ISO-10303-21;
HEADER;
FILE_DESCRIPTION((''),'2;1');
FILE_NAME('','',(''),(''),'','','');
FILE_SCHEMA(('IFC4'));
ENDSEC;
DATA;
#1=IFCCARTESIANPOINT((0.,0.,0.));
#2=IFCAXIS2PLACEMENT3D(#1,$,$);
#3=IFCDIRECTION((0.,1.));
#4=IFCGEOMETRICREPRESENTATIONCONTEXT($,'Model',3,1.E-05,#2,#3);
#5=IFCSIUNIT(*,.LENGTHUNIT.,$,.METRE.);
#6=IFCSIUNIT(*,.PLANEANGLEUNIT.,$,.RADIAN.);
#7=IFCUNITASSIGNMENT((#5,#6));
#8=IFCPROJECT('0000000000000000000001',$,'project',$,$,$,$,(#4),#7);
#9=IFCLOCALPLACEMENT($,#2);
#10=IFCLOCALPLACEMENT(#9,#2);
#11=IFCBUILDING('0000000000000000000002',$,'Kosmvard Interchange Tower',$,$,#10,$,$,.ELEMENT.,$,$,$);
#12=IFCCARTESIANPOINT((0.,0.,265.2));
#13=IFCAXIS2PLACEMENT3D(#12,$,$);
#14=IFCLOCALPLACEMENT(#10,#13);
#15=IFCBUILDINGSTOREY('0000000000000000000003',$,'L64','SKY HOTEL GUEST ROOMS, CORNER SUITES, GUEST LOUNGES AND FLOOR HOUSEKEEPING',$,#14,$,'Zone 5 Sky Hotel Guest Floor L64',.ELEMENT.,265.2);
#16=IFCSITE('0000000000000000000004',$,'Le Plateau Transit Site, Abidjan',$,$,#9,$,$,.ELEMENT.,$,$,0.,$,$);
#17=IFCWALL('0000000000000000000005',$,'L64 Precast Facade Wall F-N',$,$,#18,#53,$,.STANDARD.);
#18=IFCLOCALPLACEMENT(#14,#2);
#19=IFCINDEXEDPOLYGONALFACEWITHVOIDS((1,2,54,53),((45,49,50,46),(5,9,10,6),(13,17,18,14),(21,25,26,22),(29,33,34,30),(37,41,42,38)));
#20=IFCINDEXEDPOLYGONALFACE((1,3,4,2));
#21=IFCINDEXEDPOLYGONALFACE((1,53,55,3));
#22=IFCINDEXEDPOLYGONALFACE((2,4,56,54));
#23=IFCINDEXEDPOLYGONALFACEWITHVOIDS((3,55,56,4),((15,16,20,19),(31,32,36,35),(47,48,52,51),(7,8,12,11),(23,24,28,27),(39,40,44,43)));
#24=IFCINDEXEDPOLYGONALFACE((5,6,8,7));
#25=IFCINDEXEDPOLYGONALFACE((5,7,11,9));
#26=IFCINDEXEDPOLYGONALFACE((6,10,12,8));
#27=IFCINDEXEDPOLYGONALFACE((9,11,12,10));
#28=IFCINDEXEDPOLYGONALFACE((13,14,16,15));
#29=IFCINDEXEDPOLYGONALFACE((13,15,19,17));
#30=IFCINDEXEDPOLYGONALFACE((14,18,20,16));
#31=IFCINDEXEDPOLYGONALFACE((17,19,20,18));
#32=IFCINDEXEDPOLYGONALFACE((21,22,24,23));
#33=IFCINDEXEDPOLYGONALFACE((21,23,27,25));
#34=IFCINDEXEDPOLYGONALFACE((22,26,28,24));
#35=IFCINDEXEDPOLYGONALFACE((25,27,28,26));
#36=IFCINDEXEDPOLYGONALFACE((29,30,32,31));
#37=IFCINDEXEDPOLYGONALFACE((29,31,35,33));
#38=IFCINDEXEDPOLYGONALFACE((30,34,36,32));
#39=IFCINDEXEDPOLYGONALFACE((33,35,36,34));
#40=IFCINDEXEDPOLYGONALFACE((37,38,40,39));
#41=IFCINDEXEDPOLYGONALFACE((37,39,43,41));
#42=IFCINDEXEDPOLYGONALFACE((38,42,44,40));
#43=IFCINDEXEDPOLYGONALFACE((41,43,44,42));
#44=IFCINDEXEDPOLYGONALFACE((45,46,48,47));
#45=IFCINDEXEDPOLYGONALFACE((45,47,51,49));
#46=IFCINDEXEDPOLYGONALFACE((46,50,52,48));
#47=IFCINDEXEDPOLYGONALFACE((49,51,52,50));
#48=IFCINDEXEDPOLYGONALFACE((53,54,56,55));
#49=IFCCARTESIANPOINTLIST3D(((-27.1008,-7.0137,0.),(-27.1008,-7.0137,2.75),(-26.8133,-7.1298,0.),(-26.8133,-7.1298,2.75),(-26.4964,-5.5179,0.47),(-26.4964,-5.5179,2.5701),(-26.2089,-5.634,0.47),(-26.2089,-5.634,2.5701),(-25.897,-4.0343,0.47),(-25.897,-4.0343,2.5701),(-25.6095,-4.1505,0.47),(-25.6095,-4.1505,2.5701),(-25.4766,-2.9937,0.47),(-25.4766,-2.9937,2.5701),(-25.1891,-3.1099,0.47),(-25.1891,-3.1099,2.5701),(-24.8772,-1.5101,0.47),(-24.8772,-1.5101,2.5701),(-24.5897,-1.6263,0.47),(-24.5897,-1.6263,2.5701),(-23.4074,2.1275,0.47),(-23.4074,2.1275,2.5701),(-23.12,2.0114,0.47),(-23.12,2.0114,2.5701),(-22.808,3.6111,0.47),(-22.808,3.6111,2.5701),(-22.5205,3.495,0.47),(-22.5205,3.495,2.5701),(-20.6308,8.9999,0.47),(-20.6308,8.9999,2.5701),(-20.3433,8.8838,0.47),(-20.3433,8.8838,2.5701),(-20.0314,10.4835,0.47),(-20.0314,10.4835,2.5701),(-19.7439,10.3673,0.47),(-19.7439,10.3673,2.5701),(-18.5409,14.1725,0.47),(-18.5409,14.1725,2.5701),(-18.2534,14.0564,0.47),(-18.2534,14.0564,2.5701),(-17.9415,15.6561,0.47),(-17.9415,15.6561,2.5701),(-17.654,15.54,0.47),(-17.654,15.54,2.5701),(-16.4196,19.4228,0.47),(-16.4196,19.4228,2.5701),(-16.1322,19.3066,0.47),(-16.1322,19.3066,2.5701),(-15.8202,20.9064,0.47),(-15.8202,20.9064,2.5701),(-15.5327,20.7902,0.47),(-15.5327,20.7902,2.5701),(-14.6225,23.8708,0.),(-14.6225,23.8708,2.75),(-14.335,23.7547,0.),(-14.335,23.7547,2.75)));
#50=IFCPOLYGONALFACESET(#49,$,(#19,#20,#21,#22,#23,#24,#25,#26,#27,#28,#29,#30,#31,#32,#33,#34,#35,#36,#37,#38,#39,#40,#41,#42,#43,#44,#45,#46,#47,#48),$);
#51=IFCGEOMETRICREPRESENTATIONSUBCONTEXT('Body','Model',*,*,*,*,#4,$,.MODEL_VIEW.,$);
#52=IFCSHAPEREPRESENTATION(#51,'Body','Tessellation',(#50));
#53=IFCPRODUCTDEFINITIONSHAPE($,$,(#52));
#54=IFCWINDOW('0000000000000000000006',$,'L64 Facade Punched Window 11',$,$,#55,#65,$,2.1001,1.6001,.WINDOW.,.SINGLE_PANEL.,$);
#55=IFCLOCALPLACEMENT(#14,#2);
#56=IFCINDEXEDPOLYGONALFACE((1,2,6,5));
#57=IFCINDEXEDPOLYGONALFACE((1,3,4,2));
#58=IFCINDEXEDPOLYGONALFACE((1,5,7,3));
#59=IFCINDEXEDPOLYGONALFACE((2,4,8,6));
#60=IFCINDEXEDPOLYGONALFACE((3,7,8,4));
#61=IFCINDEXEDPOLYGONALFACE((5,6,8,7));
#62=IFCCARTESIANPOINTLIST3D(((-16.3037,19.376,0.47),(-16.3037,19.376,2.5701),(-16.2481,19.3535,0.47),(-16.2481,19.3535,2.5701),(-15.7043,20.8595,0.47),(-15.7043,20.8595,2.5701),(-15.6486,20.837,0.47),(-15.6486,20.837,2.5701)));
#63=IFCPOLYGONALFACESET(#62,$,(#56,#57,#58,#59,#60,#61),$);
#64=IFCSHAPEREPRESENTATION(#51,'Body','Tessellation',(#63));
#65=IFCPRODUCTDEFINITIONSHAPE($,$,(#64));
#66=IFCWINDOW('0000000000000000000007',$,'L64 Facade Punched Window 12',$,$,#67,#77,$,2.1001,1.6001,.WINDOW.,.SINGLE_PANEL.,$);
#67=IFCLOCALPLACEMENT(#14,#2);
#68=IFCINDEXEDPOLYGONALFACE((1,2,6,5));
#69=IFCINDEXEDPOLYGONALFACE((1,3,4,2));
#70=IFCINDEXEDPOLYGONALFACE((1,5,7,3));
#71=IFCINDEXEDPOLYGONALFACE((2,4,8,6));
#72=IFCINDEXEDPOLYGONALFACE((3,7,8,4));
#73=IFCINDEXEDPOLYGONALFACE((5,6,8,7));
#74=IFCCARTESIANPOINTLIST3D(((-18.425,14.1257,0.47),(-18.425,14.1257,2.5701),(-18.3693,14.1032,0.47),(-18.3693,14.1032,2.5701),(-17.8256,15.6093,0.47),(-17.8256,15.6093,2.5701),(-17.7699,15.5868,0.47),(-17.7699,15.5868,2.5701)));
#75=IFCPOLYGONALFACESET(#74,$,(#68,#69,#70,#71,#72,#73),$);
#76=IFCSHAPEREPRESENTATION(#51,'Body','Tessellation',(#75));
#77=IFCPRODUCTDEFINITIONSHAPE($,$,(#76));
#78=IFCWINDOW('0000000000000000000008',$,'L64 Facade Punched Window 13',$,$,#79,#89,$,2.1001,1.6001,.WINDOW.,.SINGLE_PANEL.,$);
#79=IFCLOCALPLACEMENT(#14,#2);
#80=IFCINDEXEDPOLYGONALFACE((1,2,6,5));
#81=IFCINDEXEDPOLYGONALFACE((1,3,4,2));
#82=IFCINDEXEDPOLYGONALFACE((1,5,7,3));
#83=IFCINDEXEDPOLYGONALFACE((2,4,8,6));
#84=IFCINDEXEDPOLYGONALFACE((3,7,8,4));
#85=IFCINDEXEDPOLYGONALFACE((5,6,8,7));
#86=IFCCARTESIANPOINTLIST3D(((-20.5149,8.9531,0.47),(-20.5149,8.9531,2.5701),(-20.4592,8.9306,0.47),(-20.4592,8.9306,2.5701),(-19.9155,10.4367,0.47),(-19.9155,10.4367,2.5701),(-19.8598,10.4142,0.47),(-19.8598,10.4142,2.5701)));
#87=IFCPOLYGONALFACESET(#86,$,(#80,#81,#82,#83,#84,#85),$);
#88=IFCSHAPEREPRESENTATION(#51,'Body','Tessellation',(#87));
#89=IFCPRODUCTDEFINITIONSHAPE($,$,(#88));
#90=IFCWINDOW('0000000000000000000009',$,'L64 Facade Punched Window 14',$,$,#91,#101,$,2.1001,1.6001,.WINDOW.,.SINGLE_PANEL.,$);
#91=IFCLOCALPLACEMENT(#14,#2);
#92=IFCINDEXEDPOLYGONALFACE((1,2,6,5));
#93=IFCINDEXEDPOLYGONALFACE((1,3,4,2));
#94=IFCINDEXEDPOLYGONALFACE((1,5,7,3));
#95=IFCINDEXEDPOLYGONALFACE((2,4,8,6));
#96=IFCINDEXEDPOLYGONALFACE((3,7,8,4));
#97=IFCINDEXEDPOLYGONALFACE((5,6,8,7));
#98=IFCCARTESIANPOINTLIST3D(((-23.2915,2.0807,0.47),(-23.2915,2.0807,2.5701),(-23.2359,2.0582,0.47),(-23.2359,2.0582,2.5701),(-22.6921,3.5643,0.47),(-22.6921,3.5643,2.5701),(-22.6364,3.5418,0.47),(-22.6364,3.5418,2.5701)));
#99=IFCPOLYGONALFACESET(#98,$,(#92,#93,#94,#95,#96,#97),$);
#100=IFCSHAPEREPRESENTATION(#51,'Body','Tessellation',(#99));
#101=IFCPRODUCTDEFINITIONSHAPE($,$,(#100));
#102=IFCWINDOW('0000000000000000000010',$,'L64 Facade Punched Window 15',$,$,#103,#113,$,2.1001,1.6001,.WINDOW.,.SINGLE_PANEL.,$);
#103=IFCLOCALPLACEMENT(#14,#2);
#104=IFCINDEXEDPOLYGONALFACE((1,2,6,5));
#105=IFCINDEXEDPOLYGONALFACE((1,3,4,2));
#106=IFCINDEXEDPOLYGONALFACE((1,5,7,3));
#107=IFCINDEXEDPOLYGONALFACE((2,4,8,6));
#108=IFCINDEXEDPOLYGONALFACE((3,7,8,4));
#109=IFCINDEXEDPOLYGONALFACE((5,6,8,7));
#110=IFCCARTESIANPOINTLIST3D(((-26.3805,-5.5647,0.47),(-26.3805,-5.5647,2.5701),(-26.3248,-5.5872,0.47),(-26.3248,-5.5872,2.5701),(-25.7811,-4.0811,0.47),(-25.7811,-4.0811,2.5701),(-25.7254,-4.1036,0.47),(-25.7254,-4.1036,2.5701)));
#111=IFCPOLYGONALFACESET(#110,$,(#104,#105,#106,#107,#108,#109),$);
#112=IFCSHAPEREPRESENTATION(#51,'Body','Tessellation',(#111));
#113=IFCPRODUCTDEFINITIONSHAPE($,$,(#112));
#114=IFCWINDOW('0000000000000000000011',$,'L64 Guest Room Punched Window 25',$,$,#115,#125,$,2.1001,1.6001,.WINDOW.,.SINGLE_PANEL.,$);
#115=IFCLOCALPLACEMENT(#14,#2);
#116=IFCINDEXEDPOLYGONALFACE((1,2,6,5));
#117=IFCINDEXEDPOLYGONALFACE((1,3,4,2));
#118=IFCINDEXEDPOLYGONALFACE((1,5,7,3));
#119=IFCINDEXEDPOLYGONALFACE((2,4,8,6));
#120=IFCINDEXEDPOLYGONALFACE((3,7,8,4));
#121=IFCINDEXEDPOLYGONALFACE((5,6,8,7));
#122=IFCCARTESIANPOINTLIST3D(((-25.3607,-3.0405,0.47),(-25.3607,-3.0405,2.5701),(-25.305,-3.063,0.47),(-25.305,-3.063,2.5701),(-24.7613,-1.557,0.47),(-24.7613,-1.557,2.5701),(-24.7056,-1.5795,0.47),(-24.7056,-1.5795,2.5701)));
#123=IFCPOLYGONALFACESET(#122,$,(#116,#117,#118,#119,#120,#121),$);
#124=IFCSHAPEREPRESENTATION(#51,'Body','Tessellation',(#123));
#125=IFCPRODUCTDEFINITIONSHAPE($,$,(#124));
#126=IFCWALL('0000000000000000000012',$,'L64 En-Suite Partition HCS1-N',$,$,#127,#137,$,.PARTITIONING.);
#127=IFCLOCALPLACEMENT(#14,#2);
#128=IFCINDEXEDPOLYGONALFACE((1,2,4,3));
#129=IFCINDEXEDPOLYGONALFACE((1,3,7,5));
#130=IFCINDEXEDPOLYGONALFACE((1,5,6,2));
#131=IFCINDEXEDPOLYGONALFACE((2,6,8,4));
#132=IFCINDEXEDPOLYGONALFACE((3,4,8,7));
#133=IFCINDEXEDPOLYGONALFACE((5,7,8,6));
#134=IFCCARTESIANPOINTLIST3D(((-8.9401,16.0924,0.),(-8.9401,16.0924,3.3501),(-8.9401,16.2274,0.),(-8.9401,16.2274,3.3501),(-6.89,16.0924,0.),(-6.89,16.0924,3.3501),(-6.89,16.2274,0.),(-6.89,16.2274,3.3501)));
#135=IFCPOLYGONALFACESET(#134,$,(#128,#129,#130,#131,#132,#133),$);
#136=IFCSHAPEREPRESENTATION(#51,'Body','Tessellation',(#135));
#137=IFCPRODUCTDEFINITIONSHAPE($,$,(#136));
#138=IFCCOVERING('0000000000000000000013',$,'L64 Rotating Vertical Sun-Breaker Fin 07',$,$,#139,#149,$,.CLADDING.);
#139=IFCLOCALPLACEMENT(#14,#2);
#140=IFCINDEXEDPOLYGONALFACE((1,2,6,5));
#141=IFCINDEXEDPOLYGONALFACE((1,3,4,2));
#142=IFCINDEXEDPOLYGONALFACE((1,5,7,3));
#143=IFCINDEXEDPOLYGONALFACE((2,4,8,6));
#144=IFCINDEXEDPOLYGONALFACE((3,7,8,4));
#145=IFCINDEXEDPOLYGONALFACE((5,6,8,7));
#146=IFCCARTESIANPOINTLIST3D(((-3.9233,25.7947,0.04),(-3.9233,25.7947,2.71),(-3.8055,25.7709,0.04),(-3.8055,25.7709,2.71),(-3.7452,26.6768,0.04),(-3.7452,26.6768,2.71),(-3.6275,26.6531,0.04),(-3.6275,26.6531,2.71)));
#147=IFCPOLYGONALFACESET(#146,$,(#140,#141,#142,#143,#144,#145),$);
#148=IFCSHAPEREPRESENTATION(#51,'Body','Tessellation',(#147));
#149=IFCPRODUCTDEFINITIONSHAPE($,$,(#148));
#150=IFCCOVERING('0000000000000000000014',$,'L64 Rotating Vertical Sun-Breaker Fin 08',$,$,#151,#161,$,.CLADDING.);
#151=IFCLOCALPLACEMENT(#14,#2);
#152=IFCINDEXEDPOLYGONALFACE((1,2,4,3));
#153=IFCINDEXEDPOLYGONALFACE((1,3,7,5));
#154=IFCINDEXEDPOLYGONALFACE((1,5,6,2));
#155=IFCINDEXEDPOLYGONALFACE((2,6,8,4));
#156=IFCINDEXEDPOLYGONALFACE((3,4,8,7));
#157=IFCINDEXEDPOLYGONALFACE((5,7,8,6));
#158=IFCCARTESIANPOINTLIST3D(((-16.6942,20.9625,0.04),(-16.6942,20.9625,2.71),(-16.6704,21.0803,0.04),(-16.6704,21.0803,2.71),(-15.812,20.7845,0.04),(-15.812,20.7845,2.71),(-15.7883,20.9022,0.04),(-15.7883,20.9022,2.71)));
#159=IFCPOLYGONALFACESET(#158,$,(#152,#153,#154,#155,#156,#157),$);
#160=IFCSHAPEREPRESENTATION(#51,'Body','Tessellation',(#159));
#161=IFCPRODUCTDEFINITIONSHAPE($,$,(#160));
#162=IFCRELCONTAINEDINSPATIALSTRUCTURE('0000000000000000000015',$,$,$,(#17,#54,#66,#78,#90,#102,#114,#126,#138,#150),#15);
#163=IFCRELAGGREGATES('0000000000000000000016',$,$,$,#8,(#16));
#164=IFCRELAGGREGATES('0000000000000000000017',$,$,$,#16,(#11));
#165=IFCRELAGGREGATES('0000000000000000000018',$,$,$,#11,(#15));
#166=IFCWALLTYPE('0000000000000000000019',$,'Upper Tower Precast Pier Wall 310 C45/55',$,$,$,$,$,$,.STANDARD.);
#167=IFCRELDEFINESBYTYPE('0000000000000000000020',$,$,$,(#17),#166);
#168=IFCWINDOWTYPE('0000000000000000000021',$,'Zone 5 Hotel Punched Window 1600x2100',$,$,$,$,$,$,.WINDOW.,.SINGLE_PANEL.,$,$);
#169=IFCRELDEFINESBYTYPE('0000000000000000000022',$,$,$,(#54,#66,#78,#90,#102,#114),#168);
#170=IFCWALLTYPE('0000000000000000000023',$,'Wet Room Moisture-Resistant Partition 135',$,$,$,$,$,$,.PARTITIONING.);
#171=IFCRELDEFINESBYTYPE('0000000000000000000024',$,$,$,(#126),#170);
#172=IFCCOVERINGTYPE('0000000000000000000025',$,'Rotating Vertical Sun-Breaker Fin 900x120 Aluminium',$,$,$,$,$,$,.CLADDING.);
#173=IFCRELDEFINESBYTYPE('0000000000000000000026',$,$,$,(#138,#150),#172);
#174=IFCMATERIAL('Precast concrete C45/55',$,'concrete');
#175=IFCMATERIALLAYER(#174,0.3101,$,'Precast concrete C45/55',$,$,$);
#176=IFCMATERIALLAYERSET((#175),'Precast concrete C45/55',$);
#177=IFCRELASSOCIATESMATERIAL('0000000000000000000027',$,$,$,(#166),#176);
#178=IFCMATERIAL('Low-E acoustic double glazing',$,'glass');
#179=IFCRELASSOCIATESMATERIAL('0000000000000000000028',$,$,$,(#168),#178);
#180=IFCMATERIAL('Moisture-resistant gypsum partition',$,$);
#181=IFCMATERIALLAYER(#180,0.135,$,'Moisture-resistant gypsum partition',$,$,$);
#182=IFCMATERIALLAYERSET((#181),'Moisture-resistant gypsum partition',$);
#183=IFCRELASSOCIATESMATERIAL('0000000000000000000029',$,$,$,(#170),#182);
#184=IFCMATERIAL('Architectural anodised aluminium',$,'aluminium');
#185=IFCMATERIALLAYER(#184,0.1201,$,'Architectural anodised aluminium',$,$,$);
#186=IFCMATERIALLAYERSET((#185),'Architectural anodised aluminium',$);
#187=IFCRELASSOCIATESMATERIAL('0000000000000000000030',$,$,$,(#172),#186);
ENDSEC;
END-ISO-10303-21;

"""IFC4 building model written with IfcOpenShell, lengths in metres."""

from ifc_helpers import new_model, si_unit, direction, frame, frame_2d, origin, origin_2d, place, context, subcontext, project, spatial, rectangle, extrude, source, transform, mapped, material, layer, layer_set, type_object, element, fill, save


model = new_model("IFC4")

# Units and contexts
model_context = context("Model", 3, precision=1e-05, world=origin(), true_north=direction((0.0, 1.0)))
body_context = subcontext(model_context, "Body", "Model", "MODEL_VIEW")
ifc_project = project(units=[si_unit("LENGTHUNIT", "METRE"), si_unit("PLANEANGLEUNIT", "RADIAN")], contexts=[model_context])

# Site, building, storey
site_placement = place(None, origin())
site = spatial("IfcSite", under=ifc_project, at=site_placement, Name="Le Plateau Transit Site, Abidjan", CompositionType="ELEMENT", RefElevation=0.0)
building_placement = place(site_placement, origin())
building = spatial("IfcBuilding", under=site, at=building_placement, Name="Kosmvard Interchange Tower", CompositionType="ELEMENT")
storey_placement = place(building_placement, frame((0.0, 0.0, 265.2)))
storey = spatial("IfcBuildingStorey", under=building, at=storey_placement, Name="L64", Description="SKY HOTEL GUEST ROOMS, CORNER SUITES, GUEST LOUNGES AND FLOOR HOUSEKEEPING", LongName="Zone 5 Sky Hotel Guest Floor L64", CompositionType="ELEMENT", Elevation=265.2)

# Shared definitions
ifc_material_1 = material(Name="Precast concrete C45/55", Category="concrete")

# Shared definitions
ifc_layer_1 = layer(ifc_material_1, 0.3101, Name="Precast concrete C45/55")
ifc_layer_set_1 = layer_set([ifc_layer_1], Name="Precast concrete C45/55")
wall_type_1 = type_object("IfcWallType", Name="Upper Tower Precast Pier Wall 310 C45/55", PredefinedType="STANDARD", material=ifc_layer_set_1)

# Shared definitions
ifc_material_2 = material(Name="Low-E acoustic double glazing", Category="glass")
window_type = type_object("IfcWindowType", Name="Zone 5 Hotel Punched Window 1600x2100", PartitioningType="SINGLE_PANEL", PredefinedType="WINDOW", material=ifc_material_2)
shared_shape_1 = source(origin(), body_context, "Body", "SweptSolid", [
    extrude(rectangle(XDim=1.6001, YDim=2.1001, at=frame_2d((0.8, 1.05))), frame((0.0, 0.03, 0.0), z_axis=(0.0, -1.0, 0.0), x_axis=(1.0, 0.0, 0.0)), (0.0, 0.0, 1.0), 0.0601),
])

# Wall, openings, windows
wall_1_placement = place(storey_placement, frame((-14.4788, 23.8127, 0.0), z_axis=(0.0, 0.0, 1.0), x_axis=(-0.37461, -0.927183, 0.0)))
wall_1 = element("IfcWall", 1, at=wall_1_placement, inside=storey, type_object=wall_type_1, Name="L64 Precast Facade Wall F-N", PredefinedType="STANDARD", context=body_context, shape_type="SweptSolid", body=[
    extrude(rectangle(XDim=33.3101, YDim=0.3101, at=frame_2d((16.655, 0.0))), origin(), (0.0, 0.0, 1.0), 2.75),
])
opening_1_placement = place(wall_1_placement, frame((3.1973, 0.0, 0.47)))
opening_1 = element("IfcOpeningElement", 2, at=opening_1_placement, cuts=wall_1, PredefinedType="OPENING", context=body_context, shape_type="SweptSolid", body=[
    extrude(rectangle(XDim=1.6001, YDim=2.1001, at=frame_2d((0.8, 1.05))), frame((0.0, 0.165, 0.0), z_axis=(0.0, -1.0, 0.0), x_axis=(1.0, 0.0, 0.0)), (0.0, 0.0, 1.0), 0.3301),
])
opening_2_placement = place(wall_1_placement, frame((8.8599, 0.0, 0.47)))
opening_2 = element("IfcOpeningElement", 3, at=opening_2_placement, cuts=wall_1, PredefinedType="OPENING", context=body_context, shape_type="SweptSolid", body=[
    extrude(rectangle(XDim=1.6001, YDim=2.1001, at=frame_2d((0.8, 1.05))), frame((0.0, 0.165, 0.0), z_axis=(0.0, -1.0, 0.0), x_axis=(1.0, 0.0, 0.0)), (0.0, 0.0, 1.0), 0.3301),
])
opening_3_placement = place(wall_1_placement, frame((14.4387, 0.0, 0.47)))
opening_3 = element("IfcOpeningElement", 4, at=opening_3_placement, cuts=wall_1, PredefinedType="OPENING", context=body_context, shape_type="SweptSolid", body=[
    extrude(rectangle(XDim=1.6001, YDim=2.1001, at=frame_2d((0.8, 1.05))), frame((0.0, 0.165, 0.0), z_axis=(0.0, -1.0, 0.0), x_axis=(1.0, 0.0, 0.0)), (0.0, 0.0, 1.0), 0.3301),
])
opening_4_placement = place(wall_1_placement, frame((21.8508, 0.0, 0.47)))
opening_4 = element("IfcOpeningElement", 5, at=opening_4_placement, cuts=wall_1, PredefinedType="OPENING", context=body_context, shape_type="SweptSolid", body=[
    extrude(rectangle(XDim=1.6001, YDim=2.1001, at=frame_2d((0.8, 1.05))), frame((0.0, 0.165, 0.0), z_axis=(0.0, -1.0, 0.0), x_axis=(1.0, 0.0, 0.0)), (0.0, 0.0, 1.0), 0.3301),
])
opening_5_placement = place(wall_1_placement, frame((30.0967, 0.0, 0.47)))
opening_5 = element("IfcOpeningElement", 6, at=opening_5_placement, cuts=wall_1, PredefinedType="OPENING", context=body_context, shape_type="SweptSolid", body=[
    extrude(rectangle(XDim=1.6001, YDim=2.1001, at=frame_2d((0.8, 1.05))), frame((0.0, 0.165, 0.0), z_axis=(0.0, -1.0, 0.0), x_axis=(1.0, 0.0, 0.0)), (0.0, 0.0, 1.0), 0.3301),
])
opening_6_placement = place(wall_1_placement, frame((27.3743, 0.0, 0.47)))
opening_6 = element("IfcOpeningElement", 7, at=opening_6_placement, cuts=wall_1, PredefinedType="OPENING", context=body_context, shape_type="SweptSolid", body=[
    extrude(rectangle(XDim=1.6001, YDim=2.1001, at=frame_2d((0.8, 1.05))), frame((0.0, 0.165, 0.0), z_axis=(0.0, -1.0, 0.0), x_axis=(1.0, 0.0, 0.0)), (0.0, 0.0, 1.0), 0.3301),
])
window_1_placement = place(opening_1_placement, origin())
window_1 = element("IfcWindow", 8, at=window_1_placement, inside=storey, type_object=window_type, Name="L64 Facade Punched Window 11", OverallHeight=2.1001, OverallWidth=1.6001, PartitioningType="SINGLE_PANEL", PredefinedType="WINDOW", context=body_context, shape_type="MappedRepresentation", body=[
    mapped(shared_shape_1, transform((0.0, 0.0, 0.0), scale=1.0)),
])
fill(opening_1, window_1)
window_2_placement = place(opening_2_placement, origin())
window_2 = element("IfcWindow", 9, at=window_2_placement, inside=storey, type_object=window_type, Name="L64 Facade Punched Window 12", OverallHeight=2.1001, OverallWidth=1.6001, PartitioningType="SINGLE_PANEL", PredefinedType="WINDOW", context=body_context, shape_type="MappedRepresentation", body=[
    mapped(shared_shape_1, transform((0.0, 0.0, 0.0), scale=1.0)),
])
fill(opening_2, window_2)
window_3_placement = place(opening_3_placement, origin())
window_3 = element("IfcWindow", 10, at=window_3_placement, inside=storey, type_object=window_type, Name="L64 Facade Punched Window 13", OverallHeight=2.1001, OverallWidth=1.6001, PartitioningType="SINGLE_PANEL", PredefinedType="WINDOW", context=body_context, shape_type="MappedRepresentation", body=[
    mapped(shared_shape_1, transform((0.0, 0.0, 0.0), scale=1.0)),
])
fill(opening_3, window_3)
window_4_placement = place(opening_4_placement, origin())
window_4 = element("IfcWindow", 11, at=window_4_placement, inside=storey, type_object=window_type, Name="L64 Facade Punched Window 14", OverallHeight=2.1001, OverallWidth=1.6001, PartitioningType="SINGLE_PANEL", PredefinedType="WINDOW", context=body_context, shape_type="MappedRepresentation", body=[
    mapped(shared_shape_1, transform((0.0, 0.0, 0.0), scale=1.0)),
])
fill(opening_4, window_4)
window_5_placement = place(opening_5_placement, origin())
window_5 = element("IfcWindow", 12, at=window_5_placement, inside=storey, type_object=window_type, Name="L64 Facade Punched Window 15", OverallHeight=2.1001, OverallWidth=1.6001, PartitioningType="SINGLE_PANEL", PredefinedType="WINDOW", context=body_context, shape_type="MappedRepresentation", body=[
    mapped(shared_shape_1, transform((0.0, 0.0, 0.0), scale=1.0)),
])
fill(opening_5, window_5)
window_6_placement = place(opening_6_placement, origin())
window_6 = element("IfcWindow", 13, at=window_6_placement, inside=storey, type_object=window_type, Name="L64 Guest Room Punched Window 25", OverallHeight=2.1001, OverallWidth=1.6001, PartitioningType="SINGLE_PANEL", PredefinedType="WINDOW", context=body_context, shape_type="MappedRepresentation", body=[
    mapped(shared_shape_1, transform((0.0, 0.0, 0.0), scale=1.0)),
])
fill(opening_6, window_6)

# Wall
ifc_material_3 = material(Name="Moisture-resistant gypsum partition")
ifc_layer_2 = layer(ifc_material_3, 0.135, Name="Moisture-resistant gypsum partition")
ifc_layer_set_2 = layer_set([ifc_layer_2], Name="Moisture-resistant gypsum partition")
wall_type_2 = type_object("IfcWallType", Name="Wet Room Moisture-Resistant Partition 135", PredefinedType="PARTITIONING", material=ifc_layer_set_2)
wall_2_placement = place(storey_placement, frame((-8.9399, 16.1599, 0.0), z_axis=(0.0, 0.0, 1.0), x_axis=(1.0, 0.0, 0.0)))
element("IfcWall", 14, at=wall_2_placement, inside=storey, type_object=wall_type_2, Name="L64 En-Suite Partition HCS1-N", PredefinedType="PARTITIONING", context=body_context, shape_type="SweptSolid", body=[
    extrude(rectangle(XDim=2.05, YDim=0.135, at=frame_2d((1.0249, 0.0))), origin(), (0.0, 0.0, 1.0), 3.3501),
])

# Coverings
ifc_material_4 = material(Name="Architectural anodised aluminium", Category="aluminium")
ifc_layer_3 = layer(ifc_material_4, 0.1201, Name="Architectural anodised aluminium")
ifc_layer_set_3 = layer_set([ifc_layer_3], Name="Architectural anodised aluminium")
covering_type = type_object("IfcCoveringType", Name="Rotating Vertical Sun-Breaker Fin 900x120 Aluminium", PredefinedType="CLADDING", material=ifc_layer_set_3)
shared_shape_2 = source(origin(), body_context, "Body", "SweptSolid", [
    extrude(rectangle(XDim=0.8999, YDim=0.1201, at=origin_2d()), origin(), (0.0, 0.0, 1.0), 2.6699),
])
for number, where, z_axis, x_axis, name in (
    (15, (-3.7754, 26.2239, 0.04), (0.0, 0.0, 1.0), (0.197828, 0.980237, 0.0), "L64 Rotating Vertical Sun-Breaker Fin 07"),
    (16, (-16.2412, 20.9324, 0.04), (0.0, 0.0, 1.0), (-0.980237, 0.197828, 0.0), "L64 Rotating Vertical Sun-Breaker Fin 08"),
):
    element("IfcCovering", number, at=place(storey_placement, frame(where, z_axis=z_axis, x_axis=x_axis)), inside=storey, type_object=covering_type, Name=name, PredefinedType="CLADDING", context=body_context, shape_type="MappedRepresentation", body=[
        mapped(shared_shape_2, transform((0.0, 0.0, 0.0), scale=1.0)),
    ])

save(model, "model.ifc")
